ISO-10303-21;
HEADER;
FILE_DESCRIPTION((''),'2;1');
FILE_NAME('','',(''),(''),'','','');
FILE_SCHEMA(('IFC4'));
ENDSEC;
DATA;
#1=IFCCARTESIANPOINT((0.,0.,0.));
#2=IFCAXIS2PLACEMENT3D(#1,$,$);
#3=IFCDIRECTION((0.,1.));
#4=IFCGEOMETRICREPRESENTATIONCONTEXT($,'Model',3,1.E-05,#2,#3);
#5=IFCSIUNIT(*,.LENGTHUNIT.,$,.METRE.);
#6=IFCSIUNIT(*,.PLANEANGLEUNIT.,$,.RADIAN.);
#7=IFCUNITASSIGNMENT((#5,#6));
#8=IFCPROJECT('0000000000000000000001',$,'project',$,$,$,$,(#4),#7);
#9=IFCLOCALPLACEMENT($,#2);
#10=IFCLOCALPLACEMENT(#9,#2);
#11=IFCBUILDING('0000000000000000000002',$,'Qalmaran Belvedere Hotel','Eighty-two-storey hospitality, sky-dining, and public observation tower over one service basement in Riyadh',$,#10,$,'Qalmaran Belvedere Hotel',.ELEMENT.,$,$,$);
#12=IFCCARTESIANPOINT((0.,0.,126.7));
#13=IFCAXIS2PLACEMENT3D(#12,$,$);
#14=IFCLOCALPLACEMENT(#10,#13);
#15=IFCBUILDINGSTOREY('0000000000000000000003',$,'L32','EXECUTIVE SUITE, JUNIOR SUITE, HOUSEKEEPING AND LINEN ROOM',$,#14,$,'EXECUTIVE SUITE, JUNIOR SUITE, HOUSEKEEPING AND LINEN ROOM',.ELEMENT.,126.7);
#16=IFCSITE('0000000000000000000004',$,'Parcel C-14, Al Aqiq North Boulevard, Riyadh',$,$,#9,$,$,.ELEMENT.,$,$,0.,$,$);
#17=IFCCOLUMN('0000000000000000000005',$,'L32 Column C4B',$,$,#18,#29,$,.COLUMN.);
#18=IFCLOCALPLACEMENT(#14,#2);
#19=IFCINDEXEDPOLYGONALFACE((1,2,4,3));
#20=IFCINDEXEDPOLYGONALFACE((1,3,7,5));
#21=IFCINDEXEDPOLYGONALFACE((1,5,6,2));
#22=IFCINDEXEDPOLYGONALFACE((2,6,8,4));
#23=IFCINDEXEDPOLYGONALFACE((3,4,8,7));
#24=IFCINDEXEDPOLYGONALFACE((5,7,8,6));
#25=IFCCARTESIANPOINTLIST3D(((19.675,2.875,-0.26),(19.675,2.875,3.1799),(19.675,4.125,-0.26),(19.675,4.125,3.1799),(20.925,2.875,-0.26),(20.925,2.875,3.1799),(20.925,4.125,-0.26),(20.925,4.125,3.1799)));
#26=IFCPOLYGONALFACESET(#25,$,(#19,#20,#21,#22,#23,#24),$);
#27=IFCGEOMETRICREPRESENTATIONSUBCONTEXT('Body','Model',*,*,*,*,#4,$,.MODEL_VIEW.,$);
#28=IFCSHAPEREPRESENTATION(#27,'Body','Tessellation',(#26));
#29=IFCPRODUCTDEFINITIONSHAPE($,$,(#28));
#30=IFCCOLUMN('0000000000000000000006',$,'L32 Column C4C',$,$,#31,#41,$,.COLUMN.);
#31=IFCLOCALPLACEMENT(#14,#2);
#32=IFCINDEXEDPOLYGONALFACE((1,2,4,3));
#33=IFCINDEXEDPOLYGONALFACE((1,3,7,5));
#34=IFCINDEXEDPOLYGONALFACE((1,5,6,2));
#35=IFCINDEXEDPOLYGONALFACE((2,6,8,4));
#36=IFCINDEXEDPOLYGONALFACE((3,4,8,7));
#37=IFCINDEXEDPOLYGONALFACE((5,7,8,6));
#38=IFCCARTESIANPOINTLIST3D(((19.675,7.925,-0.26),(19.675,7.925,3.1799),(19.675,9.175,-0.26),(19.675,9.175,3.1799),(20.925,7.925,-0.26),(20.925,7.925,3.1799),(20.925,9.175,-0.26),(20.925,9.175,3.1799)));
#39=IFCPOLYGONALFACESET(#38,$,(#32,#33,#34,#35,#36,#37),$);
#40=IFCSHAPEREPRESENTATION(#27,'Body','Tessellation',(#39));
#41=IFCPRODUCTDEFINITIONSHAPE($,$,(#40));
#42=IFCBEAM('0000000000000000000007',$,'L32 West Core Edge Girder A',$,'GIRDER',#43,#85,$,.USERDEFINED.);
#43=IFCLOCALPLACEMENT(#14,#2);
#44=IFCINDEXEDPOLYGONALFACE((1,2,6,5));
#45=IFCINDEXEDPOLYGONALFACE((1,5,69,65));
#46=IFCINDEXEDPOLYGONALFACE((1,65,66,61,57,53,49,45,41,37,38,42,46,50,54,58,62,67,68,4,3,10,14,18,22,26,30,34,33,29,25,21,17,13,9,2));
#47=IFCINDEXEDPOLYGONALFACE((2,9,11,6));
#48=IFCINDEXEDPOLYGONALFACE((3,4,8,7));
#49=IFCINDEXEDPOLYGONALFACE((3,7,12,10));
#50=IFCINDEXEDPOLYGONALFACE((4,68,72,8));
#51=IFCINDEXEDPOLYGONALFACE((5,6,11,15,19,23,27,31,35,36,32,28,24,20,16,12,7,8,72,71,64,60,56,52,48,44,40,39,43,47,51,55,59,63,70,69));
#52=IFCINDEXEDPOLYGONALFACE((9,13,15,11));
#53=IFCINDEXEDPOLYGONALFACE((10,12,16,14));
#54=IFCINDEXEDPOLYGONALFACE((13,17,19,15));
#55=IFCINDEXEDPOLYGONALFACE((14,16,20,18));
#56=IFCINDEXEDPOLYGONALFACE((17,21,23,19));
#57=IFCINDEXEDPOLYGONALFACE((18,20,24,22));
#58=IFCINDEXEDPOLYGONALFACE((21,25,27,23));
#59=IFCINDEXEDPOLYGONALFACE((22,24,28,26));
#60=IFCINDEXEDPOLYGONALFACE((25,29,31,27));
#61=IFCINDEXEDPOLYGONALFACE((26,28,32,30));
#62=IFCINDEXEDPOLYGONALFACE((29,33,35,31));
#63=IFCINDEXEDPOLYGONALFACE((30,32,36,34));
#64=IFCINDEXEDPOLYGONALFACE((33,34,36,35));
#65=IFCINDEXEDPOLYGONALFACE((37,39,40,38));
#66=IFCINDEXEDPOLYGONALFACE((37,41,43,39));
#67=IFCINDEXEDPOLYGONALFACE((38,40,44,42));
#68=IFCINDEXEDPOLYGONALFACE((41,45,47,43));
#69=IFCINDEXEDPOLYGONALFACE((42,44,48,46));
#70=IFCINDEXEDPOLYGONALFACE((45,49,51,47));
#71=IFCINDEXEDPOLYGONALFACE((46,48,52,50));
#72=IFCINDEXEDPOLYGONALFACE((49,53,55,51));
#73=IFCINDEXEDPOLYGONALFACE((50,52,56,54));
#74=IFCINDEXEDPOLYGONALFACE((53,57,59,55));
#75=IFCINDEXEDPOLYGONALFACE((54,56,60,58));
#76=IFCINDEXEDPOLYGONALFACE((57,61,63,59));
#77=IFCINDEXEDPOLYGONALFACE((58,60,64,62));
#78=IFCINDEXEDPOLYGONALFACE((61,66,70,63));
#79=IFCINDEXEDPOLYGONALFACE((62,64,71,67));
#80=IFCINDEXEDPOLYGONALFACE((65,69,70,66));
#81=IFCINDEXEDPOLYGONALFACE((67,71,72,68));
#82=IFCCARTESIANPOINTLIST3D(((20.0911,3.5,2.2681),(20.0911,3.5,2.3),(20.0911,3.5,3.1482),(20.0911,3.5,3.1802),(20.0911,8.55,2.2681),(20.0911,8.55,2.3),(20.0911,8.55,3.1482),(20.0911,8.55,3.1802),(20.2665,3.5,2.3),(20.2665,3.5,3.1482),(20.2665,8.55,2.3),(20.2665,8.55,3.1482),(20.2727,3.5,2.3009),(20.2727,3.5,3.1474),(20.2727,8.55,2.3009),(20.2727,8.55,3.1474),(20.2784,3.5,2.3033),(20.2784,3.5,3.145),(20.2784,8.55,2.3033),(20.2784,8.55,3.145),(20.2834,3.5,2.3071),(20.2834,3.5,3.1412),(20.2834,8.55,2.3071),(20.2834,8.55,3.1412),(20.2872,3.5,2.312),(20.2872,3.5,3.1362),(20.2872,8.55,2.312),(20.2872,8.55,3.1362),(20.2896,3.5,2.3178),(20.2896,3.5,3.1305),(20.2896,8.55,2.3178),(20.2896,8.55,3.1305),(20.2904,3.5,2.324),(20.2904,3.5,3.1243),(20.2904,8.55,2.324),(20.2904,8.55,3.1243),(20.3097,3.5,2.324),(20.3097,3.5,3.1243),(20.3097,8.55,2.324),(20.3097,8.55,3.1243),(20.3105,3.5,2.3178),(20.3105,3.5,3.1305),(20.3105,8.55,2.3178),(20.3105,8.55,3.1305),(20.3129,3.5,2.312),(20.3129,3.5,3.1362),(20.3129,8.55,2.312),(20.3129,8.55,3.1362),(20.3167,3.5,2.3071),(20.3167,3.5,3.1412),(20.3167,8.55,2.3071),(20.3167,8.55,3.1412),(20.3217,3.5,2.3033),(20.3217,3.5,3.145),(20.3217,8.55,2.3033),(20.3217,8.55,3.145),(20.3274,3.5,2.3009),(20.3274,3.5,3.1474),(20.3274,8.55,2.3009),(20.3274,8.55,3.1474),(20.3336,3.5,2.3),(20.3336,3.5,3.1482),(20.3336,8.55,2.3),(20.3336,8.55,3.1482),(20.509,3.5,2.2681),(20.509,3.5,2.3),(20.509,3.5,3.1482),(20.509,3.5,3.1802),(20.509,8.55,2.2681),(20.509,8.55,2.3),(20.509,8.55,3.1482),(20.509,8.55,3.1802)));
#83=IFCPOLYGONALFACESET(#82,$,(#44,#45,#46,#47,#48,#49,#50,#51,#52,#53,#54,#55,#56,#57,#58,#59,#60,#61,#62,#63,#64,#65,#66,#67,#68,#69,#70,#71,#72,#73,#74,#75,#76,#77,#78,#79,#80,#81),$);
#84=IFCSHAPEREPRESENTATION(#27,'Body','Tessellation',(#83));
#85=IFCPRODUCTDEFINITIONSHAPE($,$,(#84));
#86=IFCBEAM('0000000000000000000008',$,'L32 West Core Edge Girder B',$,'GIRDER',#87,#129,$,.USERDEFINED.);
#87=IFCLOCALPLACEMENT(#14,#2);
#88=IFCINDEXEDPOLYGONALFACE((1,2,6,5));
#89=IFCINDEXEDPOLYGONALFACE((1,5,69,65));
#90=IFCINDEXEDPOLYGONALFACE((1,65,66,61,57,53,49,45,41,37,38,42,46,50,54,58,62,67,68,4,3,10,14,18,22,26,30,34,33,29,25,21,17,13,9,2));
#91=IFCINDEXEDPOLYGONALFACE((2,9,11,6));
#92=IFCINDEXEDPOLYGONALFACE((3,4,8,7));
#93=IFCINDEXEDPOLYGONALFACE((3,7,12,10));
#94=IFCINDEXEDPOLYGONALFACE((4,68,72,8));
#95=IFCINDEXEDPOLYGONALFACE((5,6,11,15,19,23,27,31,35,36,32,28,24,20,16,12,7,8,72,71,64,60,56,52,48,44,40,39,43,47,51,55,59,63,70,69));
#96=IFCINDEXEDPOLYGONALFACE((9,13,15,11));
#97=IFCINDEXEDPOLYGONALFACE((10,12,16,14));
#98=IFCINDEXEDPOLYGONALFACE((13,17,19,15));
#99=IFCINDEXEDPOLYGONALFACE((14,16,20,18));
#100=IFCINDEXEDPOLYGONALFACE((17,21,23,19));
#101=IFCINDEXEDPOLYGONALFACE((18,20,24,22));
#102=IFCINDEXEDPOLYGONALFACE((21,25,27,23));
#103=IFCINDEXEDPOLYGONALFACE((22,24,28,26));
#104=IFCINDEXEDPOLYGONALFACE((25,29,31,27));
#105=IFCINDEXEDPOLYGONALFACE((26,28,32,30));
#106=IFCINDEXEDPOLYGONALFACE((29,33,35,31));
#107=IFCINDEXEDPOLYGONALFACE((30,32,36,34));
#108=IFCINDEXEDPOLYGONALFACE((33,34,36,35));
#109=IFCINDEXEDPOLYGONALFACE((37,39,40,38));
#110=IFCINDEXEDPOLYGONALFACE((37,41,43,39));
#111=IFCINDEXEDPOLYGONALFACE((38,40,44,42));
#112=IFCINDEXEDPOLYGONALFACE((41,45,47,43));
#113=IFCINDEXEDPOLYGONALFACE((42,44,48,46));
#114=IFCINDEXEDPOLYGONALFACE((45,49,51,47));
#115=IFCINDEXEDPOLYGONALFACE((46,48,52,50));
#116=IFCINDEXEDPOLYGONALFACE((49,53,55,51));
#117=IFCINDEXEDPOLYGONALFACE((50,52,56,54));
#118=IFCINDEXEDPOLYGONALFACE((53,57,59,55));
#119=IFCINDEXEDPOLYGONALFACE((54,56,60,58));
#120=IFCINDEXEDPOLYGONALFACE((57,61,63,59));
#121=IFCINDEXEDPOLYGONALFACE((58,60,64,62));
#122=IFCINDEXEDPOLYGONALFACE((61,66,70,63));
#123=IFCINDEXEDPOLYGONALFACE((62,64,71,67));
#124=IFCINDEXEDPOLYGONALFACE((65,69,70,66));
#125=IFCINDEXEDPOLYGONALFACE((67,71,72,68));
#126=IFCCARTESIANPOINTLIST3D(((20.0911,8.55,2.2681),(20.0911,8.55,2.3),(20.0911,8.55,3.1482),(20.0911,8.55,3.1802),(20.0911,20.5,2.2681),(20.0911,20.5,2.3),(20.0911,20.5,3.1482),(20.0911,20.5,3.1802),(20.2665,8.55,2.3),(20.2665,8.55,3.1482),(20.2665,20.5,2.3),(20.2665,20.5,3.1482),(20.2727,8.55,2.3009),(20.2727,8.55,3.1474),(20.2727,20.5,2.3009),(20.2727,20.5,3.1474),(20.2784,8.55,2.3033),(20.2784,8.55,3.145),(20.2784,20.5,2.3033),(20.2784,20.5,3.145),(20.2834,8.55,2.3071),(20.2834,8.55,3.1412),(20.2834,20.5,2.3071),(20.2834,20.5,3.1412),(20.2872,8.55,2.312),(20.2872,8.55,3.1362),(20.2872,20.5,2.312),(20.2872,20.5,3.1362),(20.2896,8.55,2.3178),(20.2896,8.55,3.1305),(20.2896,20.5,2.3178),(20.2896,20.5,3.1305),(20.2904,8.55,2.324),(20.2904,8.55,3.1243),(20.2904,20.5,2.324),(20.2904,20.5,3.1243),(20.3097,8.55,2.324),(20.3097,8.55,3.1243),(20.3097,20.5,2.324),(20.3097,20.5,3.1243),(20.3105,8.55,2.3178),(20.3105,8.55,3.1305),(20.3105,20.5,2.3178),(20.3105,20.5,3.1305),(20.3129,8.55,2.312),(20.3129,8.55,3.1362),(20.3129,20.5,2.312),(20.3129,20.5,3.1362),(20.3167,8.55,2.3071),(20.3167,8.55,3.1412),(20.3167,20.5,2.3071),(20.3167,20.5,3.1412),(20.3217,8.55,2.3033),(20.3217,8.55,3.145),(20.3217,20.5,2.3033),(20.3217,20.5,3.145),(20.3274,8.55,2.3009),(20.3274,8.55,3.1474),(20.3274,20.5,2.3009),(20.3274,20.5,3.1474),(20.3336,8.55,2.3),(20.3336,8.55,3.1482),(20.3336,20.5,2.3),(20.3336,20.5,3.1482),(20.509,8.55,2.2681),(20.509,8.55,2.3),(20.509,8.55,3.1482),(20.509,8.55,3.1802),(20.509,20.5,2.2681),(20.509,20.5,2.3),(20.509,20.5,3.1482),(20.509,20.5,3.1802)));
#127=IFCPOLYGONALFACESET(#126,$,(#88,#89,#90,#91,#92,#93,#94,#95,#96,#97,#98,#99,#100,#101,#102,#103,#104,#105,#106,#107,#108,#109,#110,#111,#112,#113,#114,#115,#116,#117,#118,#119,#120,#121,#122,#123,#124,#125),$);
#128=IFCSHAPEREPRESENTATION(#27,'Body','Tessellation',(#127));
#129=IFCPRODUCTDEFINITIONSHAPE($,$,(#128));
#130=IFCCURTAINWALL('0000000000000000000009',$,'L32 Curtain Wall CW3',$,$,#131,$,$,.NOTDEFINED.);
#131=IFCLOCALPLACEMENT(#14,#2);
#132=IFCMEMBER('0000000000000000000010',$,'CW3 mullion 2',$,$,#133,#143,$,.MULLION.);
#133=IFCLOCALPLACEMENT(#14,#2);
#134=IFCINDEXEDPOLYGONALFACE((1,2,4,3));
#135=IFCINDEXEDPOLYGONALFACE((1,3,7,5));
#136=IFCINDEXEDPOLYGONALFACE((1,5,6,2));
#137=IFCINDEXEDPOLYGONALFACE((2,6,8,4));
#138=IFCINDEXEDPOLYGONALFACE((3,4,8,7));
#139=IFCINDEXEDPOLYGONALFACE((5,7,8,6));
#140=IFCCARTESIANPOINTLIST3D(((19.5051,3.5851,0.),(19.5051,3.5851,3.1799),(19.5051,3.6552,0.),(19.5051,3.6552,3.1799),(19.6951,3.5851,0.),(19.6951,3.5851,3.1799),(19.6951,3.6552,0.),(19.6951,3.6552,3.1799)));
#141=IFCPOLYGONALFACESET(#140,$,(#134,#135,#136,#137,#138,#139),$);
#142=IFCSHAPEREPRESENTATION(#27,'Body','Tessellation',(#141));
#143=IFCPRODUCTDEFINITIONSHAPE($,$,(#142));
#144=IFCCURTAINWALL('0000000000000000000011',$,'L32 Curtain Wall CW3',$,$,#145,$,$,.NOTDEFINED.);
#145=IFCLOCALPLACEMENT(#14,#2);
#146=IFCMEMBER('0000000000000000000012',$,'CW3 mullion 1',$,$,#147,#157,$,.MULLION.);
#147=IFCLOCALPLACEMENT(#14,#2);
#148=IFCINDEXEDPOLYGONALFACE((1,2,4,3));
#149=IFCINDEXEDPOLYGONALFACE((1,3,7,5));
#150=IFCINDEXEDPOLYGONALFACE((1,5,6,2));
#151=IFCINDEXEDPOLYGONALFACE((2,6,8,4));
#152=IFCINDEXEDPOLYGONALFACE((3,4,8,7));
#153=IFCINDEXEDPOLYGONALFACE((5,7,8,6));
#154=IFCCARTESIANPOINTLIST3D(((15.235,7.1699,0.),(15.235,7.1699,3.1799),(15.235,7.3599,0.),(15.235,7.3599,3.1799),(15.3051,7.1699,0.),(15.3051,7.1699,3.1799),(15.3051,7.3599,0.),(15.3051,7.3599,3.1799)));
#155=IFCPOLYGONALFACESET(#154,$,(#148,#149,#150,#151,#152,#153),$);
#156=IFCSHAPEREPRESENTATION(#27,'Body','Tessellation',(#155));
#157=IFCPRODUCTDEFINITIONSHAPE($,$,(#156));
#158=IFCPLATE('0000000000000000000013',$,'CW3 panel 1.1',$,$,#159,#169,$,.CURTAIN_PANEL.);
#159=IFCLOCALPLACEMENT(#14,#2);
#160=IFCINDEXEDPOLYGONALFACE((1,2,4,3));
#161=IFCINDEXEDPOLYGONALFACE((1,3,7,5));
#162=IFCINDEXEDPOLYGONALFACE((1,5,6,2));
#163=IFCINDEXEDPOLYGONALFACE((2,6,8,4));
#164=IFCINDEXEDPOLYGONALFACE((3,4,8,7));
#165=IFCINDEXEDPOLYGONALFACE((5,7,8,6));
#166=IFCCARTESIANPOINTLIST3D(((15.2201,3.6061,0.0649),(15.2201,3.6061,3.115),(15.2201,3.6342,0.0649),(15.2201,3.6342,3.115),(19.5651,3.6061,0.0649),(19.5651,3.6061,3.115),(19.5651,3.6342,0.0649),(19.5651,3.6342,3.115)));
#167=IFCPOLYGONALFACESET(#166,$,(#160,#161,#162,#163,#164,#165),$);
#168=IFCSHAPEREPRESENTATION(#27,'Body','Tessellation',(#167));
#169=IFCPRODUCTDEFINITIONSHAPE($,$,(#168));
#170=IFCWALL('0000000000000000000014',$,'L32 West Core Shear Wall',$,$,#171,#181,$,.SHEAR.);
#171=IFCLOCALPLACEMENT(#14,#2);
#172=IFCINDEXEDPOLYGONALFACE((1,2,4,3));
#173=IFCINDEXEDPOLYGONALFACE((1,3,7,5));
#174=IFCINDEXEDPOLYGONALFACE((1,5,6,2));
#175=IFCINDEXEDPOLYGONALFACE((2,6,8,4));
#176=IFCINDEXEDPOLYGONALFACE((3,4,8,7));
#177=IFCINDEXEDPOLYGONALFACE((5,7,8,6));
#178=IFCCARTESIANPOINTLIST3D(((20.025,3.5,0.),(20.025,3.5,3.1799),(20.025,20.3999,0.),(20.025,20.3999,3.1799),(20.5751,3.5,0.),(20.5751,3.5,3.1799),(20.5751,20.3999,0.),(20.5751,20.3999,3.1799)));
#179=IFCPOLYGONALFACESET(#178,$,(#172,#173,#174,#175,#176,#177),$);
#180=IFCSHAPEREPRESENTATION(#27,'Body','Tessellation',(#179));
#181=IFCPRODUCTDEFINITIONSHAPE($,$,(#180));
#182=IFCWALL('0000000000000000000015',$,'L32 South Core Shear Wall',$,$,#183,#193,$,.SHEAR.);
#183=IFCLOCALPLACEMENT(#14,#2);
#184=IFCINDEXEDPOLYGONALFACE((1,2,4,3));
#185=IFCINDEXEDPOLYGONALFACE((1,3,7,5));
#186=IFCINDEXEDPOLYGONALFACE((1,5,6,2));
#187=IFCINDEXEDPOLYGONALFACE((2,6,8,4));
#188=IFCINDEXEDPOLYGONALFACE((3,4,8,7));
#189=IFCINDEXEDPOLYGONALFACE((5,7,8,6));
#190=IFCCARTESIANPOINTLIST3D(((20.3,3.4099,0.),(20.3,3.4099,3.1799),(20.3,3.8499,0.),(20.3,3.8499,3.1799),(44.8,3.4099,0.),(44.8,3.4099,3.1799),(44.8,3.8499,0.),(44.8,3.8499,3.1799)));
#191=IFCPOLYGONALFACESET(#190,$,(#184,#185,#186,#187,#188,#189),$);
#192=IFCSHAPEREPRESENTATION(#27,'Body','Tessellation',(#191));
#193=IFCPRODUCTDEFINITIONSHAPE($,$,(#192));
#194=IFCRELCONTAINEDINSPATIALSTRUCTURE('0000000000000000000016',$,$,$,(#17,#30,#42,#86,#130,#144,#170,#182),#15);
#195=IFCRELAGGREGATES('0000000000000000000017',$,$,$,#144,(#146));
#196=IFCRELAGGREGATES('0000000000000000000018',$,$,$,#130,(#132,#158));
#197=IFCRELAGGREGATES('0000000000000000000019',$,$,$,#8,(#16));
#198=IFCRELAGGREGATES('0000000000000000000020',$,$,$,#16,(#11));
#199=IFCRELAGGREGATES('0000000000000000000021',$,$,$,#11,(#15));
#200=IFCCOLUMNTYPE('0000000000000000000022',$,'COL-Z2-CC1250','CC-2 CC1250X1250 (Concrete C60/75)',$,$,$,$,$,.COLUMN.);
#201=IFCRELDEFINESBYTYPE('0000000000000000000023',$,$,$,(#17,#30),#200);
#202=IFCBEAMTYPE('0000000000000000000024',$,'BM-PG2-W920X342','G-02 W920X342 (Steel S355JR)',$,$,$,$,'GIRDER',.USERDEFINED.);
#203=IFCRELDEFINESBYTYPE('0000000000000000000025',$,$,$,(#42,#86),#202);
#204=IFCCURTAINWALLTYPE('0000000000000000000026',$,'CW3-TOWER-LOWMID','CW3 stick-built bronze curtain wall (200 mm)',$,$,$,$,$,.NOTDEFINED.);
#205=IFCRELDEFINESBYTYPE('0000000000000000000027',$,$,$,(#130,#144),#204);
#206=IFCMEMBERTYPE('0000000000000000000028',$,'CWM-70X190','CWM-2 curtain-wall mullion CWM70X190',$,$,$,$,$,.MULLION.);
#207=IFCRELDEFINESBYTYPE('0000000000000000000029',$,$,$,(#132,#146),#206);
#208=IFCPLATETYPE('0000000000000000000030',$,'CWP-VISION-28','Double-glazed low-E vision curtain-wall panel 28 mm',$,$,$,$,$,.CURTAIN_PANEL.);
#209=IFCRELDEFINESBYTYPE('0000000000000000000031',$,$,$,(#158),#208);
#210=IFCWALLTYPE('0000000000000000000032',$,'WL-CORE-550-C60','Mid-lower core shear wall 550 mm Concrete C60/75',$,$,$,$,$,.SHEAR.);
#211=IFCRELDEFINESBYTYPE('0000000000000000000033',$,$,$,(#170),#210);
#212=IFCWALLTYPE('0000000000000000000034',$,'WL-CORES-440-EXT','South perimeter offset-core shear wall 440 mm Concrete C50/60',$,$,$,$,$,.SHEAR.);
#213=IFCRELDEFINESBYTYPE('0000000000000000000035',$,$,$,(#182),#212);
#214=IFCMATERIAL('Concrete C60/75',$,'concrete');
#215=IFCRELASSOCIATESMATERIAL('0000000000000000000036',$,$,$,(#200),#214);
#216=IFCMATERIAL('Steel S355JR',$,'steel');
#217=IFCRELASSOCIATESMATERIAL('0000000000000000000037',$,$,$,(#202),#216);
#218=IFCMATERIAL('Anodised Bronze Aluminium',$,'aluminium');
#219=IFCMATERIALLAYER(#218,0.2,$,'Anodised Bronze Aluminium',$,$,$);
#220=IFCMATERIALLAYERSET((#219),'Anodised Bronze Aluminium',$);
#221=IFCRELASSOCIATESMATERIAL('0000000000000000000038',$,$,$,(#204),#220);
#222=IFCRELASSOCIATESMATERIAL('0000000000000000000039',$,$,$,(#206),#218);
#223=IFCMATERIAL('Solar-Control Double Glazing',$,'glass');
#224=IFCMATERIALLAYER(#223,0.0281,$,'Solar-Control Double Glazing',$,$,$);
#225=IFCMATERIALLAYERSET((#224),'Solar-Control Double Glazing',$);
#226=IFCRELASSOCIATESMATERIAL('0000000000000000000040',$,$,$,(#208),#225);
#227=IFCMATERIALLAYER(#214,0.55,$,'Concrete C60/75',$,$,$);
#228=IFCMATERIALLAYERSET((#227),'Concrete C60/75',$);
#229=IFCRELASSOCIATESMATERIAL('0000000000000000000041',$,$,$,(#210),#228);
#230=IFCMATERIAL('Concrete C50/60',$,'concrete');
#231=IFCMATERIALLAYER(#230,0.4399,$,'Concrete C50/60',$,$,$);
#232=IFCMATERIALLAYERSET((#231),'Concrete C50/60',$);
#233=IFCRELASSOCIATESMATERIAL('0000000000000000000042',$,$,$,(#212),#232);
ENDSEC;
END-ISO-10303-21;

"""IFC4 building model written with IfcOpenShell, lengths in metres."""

from ifc_helpers import new_model, si_unit, direction, frame, frame_2d, origin, origin_2d, place, context, subcontext, project, spatial, rectangle, i_section, extrude, material, layer, layer_set, material_profile, profile_set, type_object, element, aggregate, save


model = new_model("IFC4")

# Units and contexts
model_context = context("Model", 3, precision=1e-05, world=origin(), true_north=direction((0.0, 1.0)))
body_context = subcontext(model_context, "Body", "Model", "MODEL_VIEW")
ifc_project = project(units=[si_unit("LENGTHUNIT", "METRE"), si_unit("PLANEANGLEUNIT", "RADIAN")], contexts=[model_context])

# Site, building, storey
site_placement = place(None, origin())
site = spatial("IfcSite", under=ifc_project, at=site_placement, Name="Parcel C-14, Al Aqiq North Boulevard, Riyadh", CompositionType="ELEMENT", RefElevation=0.0)
building_placement = place(site_placement, origin())
building = spatial("IfcBuilding", under=site, at=building_placement, Name="Qalmaran Belvedere Hotel", Description="Eighty-two-storey hospitality, sky-dining, and public observation tower over one service basement in Riyadh", LongName="Qalmaran Belvedere Hotel", CompositionType="ELEMENT")
storey_placement = place(building_placement, frame((0.0, 0.0, 126.7)))
storey = spatial("IfcBuildingStorey", under=building, at=storey_placement, Name="L32", Description="EXECUTIVE SUITE, JUNIOR SUITE, HOUSEKEEPING AND LINEN ROOM", LongName="EXECUTIVE SUITE, JUNIOR SUITE, HOUSEKEEPING AND LINEN ROOM", CompositionType="ELEMENT", Elevation=126.7)

# Columns
ifc_material_1 = material(Name="Concrete C60/75", Category="concrete")
ifc_material_profile_1 = material_profile(ifc_material_1, rectangle(XDim=1.25, YDim=1.25, at=origin_2d()), Name="CC1250X1250")
ifc_profile_set_1 = profile_set([ifc_material_profile_1], Name="Concrete C60/75")
column_type = type_object("IfcColumnType", Name="COL-Z2-CC1250", Description="CC-2 CC1250X1250 (Concrete C60/75)", PredefinedType="COLUMN", material=ifc_profile_set_1)
for number, where, z_axis, x_axis, name in (
    (1, (20.3, 3.5, -0.26), (0.0, 0.0, 1.0), (1.0, 0.0, 0.0), "L32 Column C4B"),
    (2, (20.3, 8.55, -0.26), (0.0, 0.0, 1.0), (1.0, 0.0, 0.0), "L32 Column C4C"),
):
    element("IfcColumn", number, at=place(storey_placement, frame(where, z_axis=z_axis, x_axis=x_axis)), inside=storey, type_object=column_type, Name=name, PredefinedType="COLUMN", context=body_context, shape_type="SweptSolid", body=[
        extrude(rectangle(XDim=1.25, YDim=1.25, at=origin_2d()), origin(), (0.0, 0.0, 1.0), 3.4399),
    ])

# Beams
ifc_material_2 = material(Name="Steel S355JR", Category="steel")
ifc_material_profile_2 = material_profile(ifc_material_2, i_section(OverallWidth=0.418, OverallDepth=0.9121, WebThickness=0.0193, FlangeThickness=0.032, FilletRadius=0.0239, at=origin_2d()), Name="W920X342")
ifc_profile_set_2 = profile_set([ifc_material_profile_2], Name="Steel S355JR")
beam_type = type_object("IfcBeamType", Name="BM-PG2-W920X342", Description="G-02 W920X342 (Steel S355JR)", ElementType="GIRDER", PredefinedType="USERDEFINED", material=ifc_profile_set_2)
beam_1_placement = place(storey_placement, frame((20.3, 3.5, 2.7241), z_axis=(0.0, 1.0, 0.0), x_axis=(-1.0, 0.0, 0.0)))
element("IfcBeam", 3, at=beam_1_placement, inside=storey, type_object=beam_type, Name="L32 West Core Edge Girder A", ObjectType="GIRDER", PredefinedType="USERDEFINED", context=body_context, shape_type="SweptSolid", body=[
    extrude(i_section(OverallWidth=0.418, OverallDepth=0.9121, WebThickness=0.0193, FlangeThickness=0.032, FilletRadius=0.0239, at=origin_2d()), origin(), (0.0, 0.0, 1.0), 5.05),
])
beam_2_placement = place(storey_placement, frame((20.3, 8.55, 2.7241), z_axis=(0.0, 1.0, 0.0), x_axis=(-1.0, 0.0, 0.0)))
element("IfcBeam", 4, at=beam_2_placement, inside=storey, type_object=beam_type, Name="L32 West Core Edge Girder B", ObjectType="GIRDER", PredefinedType="USERDEFINED", context=body_context, shape_type="SweptSolid", body=[
    extrude(i_section(OverallWidth=0.418, OverallDepth=0.9121, WebThickness=0.0193, FlangeThickness=0.032, FilletRadius=0.0239, at=origin_2d()), origin(), (0.0, 0.0, 1.0), 11.95),
])

# Curtain walls, members
ifc_material_3 = material(Name="Anodised Bronze Aluminium", Category="aluminium")
ifc_layer_1 = layer(ifc_material_3, 0.2, Name="Anodised Bronze Aluminium")
ifc_layer_set_1 = layer_set([ifc_layer_1], Name="Anodised Bronze Aluminium")
curtain_wall_type = type_object("IfcCurtainWallType", Name="CW3-TOWER-LOWMID", Description="CW3 stick-built bronze curtain wall (200 mm)", PredefinedType="NOTDEFINED", material=ifc_layer_set_1)
curtain_wall_1_placement = place(storey_placement, origin())
curtain_wall_1 = element("IfcCurtainWall", 5, at=curtain_wall_1_placement, inside=storey, type_object=curtain_wall_type, Name="L32 Curtain Wall CW3", PredefinedType="NOTDEFINED")
ifc_material_profile_3 = material_profile(ifc_material_3, rectangle(XDim=0.0701, YDim=0.1899, at=origin_2d()), Name="CWM70X190")
ifc_profile_set_3 = profile_set([ifc_material_profile_3], Name="Anodised Bronze Aluminium")
member_type = type_object("IfcMemberType", Name="CWM-70X190", Description="CWM-2 curtain-wall mullion CWM70X190", PredefinedType="MULLION", material=ifc_profile_set_3)
member_1_placement = place(storey_placement, frame((19.6001, 3.6201, 0.0), z_axis=(0.0, 0.0, 1.0), x_axis=(0.0, 1.0, 0.0)))
member_1 = element("IfcMember", 6, at=member_1_placement, type_object=member_type, Name="CW3 mullion 2", PredefinedType="MULLION", context=body_context, shape_type="SweptSolid", body=[
    extrude(rectangle(XDim=0.0701, YDim=0.1899, at=origin_2d()), origin(), (0.0, 0.0, 1.0), 3.1799),
])
curtain_wall_2_placement = place(storey_placement, origin())
curtain_wall_2 = element("IfcCurtainWall", 7, at=curtain_wall_2_placement, inside=storey, type_object=curtain_wall_type, Name="L32 Curtain Wall CW3", PredefinedType="NOTDEFINED")
member_2_placement = place(storey_placement, frame((15.27, 7.2649, 0.0), z_axis=(0.0, 0.0, 1.0), x_axis=(1.0, 0.0, 0.0)))
member_2 = element("IfcMember", 8, at=member_2_placement, type_object=member_type, Name="CW3 mullion 1", PredefinedType="MULLION", context=body_context, shape_type="SweptSolid", body=[
    extrude(rectangle(XDim=0.0701, YDim=0.1899, at=origin_2d()), origin(), (0.0, 0.0, 1.0), 3.1799),
])
aggregate(curtain_wall_2, [member_2])

# Plate
ifc_material_4 = material(Name="Solar-Control Double Glazing", Category="glass")
ifc_layer_2 = layer(ifc_material_4, 0.0281, Name="Solar-Control Double Glazing")
ifc_layer_set_2 = layer_set([ifc_layer_2], Name="Solar-Control Double Glazing")
plate_type = type_object("IfcPlateType", Name="CWP-VISION-28", Description="Double-glazed low-E vision curtain-wall panel 28 mm", PredefinedType="CURTAIN_PANEL", material=ifc_layer_set_2)
plate_placement = place(storey_placement, frame((17.3926, 3.6201, 0.0649), z_axis=(0.0, 0.0, 1.0), x_axis=(1.0, 0.0, 0.0)))
plate = element("IfcPlate", 9, at=plate_placement, type_object=plate_type, Name="CW3 panel 1.1", PredefinedType="CURTAIN_PANEL", context=body_context, shape_type="SweptSolid", body=[
    extrude(rectangle(XDim=4.345, YDim=0.0281, at=origin_2d()), origin(), (0.0, 0.0, 1.0), 3.05),
])
aggregate(curtain_wall_1, [member_1, plate])

# Walls
ifc_layer_3 = layer(ifc_material_1, 0.55, Name="Concrete C60/75")
ifc_layer_set_3 = layer_set([ifc_layer_3], Name="Concrete C60/75")
wall_type_1 = type_object("IfcWallType", Name="WL-CORE-550-C60", Description="Mid-lower core shear wall 550 mm Concrete C60/75", PredefinedType="SHEAR", material=ifc_layer_set_3)
wall_1_placement = place(storey_placement, frame((20.3, 3.5, 0.0), z_axis=(0.0, 0.0, 1.0), x_axis=(0.0, 1.0, 0.0)))
element("IfcWall", 10, at=wall_1_placement, inside=storey, type_object=wall_type_1, Name="L32 West Core Shear Wall", PredefinedType="SHEAR", context=body_context, shape_type="SweptSolid", body=[
    extrude(rectangle(XDim=16.8999, YDim=0.55, at=frame_2d((8.45, 0.0))), origin(), (0.0, 0.0, 1.0), 3.1799),
])
ifc_material_5 = material(Name="Concrete C50/60", Category="concrete")
ifc_layer_4 = layer(ifc_material_5, 0.4399, Name="Concrete C50/60")
ifc_layer_set_4 = layer_set([ifc_layer_4], Name="Concrete C50/60")
wall_type_2 = type_object("IfcWallType", Name="WL-CORES-440-EXT", Description="South perimeter offset-core shear wall 440 mm Concrete C50/60", PredefinedType="SHEAR", material=ifc_layer_set_4)
wall_2_placement = place(storey_placement, frame((20.3, 3.6299, 0.0), z_axis=(0.0, 0.0, 1.0), x_axis=(1.0, 0.0, 0.0)))
element("IfcWall", 11, at=wall_2_placement, inside=storey, type_object=wall_type_2, Name="L32 South Core Shear Wall", PredefinedType="SHEAR", context=body_context, shape_type="SweptSolid", body=[
    extrude(rectangle(XDim=24.5, YDim=0.4399, at=frame_2d((12.25, 0.0))), origin(), (0.0, 0.0, 1.0), 3.1799),
])

save(model, "model.ifc")
